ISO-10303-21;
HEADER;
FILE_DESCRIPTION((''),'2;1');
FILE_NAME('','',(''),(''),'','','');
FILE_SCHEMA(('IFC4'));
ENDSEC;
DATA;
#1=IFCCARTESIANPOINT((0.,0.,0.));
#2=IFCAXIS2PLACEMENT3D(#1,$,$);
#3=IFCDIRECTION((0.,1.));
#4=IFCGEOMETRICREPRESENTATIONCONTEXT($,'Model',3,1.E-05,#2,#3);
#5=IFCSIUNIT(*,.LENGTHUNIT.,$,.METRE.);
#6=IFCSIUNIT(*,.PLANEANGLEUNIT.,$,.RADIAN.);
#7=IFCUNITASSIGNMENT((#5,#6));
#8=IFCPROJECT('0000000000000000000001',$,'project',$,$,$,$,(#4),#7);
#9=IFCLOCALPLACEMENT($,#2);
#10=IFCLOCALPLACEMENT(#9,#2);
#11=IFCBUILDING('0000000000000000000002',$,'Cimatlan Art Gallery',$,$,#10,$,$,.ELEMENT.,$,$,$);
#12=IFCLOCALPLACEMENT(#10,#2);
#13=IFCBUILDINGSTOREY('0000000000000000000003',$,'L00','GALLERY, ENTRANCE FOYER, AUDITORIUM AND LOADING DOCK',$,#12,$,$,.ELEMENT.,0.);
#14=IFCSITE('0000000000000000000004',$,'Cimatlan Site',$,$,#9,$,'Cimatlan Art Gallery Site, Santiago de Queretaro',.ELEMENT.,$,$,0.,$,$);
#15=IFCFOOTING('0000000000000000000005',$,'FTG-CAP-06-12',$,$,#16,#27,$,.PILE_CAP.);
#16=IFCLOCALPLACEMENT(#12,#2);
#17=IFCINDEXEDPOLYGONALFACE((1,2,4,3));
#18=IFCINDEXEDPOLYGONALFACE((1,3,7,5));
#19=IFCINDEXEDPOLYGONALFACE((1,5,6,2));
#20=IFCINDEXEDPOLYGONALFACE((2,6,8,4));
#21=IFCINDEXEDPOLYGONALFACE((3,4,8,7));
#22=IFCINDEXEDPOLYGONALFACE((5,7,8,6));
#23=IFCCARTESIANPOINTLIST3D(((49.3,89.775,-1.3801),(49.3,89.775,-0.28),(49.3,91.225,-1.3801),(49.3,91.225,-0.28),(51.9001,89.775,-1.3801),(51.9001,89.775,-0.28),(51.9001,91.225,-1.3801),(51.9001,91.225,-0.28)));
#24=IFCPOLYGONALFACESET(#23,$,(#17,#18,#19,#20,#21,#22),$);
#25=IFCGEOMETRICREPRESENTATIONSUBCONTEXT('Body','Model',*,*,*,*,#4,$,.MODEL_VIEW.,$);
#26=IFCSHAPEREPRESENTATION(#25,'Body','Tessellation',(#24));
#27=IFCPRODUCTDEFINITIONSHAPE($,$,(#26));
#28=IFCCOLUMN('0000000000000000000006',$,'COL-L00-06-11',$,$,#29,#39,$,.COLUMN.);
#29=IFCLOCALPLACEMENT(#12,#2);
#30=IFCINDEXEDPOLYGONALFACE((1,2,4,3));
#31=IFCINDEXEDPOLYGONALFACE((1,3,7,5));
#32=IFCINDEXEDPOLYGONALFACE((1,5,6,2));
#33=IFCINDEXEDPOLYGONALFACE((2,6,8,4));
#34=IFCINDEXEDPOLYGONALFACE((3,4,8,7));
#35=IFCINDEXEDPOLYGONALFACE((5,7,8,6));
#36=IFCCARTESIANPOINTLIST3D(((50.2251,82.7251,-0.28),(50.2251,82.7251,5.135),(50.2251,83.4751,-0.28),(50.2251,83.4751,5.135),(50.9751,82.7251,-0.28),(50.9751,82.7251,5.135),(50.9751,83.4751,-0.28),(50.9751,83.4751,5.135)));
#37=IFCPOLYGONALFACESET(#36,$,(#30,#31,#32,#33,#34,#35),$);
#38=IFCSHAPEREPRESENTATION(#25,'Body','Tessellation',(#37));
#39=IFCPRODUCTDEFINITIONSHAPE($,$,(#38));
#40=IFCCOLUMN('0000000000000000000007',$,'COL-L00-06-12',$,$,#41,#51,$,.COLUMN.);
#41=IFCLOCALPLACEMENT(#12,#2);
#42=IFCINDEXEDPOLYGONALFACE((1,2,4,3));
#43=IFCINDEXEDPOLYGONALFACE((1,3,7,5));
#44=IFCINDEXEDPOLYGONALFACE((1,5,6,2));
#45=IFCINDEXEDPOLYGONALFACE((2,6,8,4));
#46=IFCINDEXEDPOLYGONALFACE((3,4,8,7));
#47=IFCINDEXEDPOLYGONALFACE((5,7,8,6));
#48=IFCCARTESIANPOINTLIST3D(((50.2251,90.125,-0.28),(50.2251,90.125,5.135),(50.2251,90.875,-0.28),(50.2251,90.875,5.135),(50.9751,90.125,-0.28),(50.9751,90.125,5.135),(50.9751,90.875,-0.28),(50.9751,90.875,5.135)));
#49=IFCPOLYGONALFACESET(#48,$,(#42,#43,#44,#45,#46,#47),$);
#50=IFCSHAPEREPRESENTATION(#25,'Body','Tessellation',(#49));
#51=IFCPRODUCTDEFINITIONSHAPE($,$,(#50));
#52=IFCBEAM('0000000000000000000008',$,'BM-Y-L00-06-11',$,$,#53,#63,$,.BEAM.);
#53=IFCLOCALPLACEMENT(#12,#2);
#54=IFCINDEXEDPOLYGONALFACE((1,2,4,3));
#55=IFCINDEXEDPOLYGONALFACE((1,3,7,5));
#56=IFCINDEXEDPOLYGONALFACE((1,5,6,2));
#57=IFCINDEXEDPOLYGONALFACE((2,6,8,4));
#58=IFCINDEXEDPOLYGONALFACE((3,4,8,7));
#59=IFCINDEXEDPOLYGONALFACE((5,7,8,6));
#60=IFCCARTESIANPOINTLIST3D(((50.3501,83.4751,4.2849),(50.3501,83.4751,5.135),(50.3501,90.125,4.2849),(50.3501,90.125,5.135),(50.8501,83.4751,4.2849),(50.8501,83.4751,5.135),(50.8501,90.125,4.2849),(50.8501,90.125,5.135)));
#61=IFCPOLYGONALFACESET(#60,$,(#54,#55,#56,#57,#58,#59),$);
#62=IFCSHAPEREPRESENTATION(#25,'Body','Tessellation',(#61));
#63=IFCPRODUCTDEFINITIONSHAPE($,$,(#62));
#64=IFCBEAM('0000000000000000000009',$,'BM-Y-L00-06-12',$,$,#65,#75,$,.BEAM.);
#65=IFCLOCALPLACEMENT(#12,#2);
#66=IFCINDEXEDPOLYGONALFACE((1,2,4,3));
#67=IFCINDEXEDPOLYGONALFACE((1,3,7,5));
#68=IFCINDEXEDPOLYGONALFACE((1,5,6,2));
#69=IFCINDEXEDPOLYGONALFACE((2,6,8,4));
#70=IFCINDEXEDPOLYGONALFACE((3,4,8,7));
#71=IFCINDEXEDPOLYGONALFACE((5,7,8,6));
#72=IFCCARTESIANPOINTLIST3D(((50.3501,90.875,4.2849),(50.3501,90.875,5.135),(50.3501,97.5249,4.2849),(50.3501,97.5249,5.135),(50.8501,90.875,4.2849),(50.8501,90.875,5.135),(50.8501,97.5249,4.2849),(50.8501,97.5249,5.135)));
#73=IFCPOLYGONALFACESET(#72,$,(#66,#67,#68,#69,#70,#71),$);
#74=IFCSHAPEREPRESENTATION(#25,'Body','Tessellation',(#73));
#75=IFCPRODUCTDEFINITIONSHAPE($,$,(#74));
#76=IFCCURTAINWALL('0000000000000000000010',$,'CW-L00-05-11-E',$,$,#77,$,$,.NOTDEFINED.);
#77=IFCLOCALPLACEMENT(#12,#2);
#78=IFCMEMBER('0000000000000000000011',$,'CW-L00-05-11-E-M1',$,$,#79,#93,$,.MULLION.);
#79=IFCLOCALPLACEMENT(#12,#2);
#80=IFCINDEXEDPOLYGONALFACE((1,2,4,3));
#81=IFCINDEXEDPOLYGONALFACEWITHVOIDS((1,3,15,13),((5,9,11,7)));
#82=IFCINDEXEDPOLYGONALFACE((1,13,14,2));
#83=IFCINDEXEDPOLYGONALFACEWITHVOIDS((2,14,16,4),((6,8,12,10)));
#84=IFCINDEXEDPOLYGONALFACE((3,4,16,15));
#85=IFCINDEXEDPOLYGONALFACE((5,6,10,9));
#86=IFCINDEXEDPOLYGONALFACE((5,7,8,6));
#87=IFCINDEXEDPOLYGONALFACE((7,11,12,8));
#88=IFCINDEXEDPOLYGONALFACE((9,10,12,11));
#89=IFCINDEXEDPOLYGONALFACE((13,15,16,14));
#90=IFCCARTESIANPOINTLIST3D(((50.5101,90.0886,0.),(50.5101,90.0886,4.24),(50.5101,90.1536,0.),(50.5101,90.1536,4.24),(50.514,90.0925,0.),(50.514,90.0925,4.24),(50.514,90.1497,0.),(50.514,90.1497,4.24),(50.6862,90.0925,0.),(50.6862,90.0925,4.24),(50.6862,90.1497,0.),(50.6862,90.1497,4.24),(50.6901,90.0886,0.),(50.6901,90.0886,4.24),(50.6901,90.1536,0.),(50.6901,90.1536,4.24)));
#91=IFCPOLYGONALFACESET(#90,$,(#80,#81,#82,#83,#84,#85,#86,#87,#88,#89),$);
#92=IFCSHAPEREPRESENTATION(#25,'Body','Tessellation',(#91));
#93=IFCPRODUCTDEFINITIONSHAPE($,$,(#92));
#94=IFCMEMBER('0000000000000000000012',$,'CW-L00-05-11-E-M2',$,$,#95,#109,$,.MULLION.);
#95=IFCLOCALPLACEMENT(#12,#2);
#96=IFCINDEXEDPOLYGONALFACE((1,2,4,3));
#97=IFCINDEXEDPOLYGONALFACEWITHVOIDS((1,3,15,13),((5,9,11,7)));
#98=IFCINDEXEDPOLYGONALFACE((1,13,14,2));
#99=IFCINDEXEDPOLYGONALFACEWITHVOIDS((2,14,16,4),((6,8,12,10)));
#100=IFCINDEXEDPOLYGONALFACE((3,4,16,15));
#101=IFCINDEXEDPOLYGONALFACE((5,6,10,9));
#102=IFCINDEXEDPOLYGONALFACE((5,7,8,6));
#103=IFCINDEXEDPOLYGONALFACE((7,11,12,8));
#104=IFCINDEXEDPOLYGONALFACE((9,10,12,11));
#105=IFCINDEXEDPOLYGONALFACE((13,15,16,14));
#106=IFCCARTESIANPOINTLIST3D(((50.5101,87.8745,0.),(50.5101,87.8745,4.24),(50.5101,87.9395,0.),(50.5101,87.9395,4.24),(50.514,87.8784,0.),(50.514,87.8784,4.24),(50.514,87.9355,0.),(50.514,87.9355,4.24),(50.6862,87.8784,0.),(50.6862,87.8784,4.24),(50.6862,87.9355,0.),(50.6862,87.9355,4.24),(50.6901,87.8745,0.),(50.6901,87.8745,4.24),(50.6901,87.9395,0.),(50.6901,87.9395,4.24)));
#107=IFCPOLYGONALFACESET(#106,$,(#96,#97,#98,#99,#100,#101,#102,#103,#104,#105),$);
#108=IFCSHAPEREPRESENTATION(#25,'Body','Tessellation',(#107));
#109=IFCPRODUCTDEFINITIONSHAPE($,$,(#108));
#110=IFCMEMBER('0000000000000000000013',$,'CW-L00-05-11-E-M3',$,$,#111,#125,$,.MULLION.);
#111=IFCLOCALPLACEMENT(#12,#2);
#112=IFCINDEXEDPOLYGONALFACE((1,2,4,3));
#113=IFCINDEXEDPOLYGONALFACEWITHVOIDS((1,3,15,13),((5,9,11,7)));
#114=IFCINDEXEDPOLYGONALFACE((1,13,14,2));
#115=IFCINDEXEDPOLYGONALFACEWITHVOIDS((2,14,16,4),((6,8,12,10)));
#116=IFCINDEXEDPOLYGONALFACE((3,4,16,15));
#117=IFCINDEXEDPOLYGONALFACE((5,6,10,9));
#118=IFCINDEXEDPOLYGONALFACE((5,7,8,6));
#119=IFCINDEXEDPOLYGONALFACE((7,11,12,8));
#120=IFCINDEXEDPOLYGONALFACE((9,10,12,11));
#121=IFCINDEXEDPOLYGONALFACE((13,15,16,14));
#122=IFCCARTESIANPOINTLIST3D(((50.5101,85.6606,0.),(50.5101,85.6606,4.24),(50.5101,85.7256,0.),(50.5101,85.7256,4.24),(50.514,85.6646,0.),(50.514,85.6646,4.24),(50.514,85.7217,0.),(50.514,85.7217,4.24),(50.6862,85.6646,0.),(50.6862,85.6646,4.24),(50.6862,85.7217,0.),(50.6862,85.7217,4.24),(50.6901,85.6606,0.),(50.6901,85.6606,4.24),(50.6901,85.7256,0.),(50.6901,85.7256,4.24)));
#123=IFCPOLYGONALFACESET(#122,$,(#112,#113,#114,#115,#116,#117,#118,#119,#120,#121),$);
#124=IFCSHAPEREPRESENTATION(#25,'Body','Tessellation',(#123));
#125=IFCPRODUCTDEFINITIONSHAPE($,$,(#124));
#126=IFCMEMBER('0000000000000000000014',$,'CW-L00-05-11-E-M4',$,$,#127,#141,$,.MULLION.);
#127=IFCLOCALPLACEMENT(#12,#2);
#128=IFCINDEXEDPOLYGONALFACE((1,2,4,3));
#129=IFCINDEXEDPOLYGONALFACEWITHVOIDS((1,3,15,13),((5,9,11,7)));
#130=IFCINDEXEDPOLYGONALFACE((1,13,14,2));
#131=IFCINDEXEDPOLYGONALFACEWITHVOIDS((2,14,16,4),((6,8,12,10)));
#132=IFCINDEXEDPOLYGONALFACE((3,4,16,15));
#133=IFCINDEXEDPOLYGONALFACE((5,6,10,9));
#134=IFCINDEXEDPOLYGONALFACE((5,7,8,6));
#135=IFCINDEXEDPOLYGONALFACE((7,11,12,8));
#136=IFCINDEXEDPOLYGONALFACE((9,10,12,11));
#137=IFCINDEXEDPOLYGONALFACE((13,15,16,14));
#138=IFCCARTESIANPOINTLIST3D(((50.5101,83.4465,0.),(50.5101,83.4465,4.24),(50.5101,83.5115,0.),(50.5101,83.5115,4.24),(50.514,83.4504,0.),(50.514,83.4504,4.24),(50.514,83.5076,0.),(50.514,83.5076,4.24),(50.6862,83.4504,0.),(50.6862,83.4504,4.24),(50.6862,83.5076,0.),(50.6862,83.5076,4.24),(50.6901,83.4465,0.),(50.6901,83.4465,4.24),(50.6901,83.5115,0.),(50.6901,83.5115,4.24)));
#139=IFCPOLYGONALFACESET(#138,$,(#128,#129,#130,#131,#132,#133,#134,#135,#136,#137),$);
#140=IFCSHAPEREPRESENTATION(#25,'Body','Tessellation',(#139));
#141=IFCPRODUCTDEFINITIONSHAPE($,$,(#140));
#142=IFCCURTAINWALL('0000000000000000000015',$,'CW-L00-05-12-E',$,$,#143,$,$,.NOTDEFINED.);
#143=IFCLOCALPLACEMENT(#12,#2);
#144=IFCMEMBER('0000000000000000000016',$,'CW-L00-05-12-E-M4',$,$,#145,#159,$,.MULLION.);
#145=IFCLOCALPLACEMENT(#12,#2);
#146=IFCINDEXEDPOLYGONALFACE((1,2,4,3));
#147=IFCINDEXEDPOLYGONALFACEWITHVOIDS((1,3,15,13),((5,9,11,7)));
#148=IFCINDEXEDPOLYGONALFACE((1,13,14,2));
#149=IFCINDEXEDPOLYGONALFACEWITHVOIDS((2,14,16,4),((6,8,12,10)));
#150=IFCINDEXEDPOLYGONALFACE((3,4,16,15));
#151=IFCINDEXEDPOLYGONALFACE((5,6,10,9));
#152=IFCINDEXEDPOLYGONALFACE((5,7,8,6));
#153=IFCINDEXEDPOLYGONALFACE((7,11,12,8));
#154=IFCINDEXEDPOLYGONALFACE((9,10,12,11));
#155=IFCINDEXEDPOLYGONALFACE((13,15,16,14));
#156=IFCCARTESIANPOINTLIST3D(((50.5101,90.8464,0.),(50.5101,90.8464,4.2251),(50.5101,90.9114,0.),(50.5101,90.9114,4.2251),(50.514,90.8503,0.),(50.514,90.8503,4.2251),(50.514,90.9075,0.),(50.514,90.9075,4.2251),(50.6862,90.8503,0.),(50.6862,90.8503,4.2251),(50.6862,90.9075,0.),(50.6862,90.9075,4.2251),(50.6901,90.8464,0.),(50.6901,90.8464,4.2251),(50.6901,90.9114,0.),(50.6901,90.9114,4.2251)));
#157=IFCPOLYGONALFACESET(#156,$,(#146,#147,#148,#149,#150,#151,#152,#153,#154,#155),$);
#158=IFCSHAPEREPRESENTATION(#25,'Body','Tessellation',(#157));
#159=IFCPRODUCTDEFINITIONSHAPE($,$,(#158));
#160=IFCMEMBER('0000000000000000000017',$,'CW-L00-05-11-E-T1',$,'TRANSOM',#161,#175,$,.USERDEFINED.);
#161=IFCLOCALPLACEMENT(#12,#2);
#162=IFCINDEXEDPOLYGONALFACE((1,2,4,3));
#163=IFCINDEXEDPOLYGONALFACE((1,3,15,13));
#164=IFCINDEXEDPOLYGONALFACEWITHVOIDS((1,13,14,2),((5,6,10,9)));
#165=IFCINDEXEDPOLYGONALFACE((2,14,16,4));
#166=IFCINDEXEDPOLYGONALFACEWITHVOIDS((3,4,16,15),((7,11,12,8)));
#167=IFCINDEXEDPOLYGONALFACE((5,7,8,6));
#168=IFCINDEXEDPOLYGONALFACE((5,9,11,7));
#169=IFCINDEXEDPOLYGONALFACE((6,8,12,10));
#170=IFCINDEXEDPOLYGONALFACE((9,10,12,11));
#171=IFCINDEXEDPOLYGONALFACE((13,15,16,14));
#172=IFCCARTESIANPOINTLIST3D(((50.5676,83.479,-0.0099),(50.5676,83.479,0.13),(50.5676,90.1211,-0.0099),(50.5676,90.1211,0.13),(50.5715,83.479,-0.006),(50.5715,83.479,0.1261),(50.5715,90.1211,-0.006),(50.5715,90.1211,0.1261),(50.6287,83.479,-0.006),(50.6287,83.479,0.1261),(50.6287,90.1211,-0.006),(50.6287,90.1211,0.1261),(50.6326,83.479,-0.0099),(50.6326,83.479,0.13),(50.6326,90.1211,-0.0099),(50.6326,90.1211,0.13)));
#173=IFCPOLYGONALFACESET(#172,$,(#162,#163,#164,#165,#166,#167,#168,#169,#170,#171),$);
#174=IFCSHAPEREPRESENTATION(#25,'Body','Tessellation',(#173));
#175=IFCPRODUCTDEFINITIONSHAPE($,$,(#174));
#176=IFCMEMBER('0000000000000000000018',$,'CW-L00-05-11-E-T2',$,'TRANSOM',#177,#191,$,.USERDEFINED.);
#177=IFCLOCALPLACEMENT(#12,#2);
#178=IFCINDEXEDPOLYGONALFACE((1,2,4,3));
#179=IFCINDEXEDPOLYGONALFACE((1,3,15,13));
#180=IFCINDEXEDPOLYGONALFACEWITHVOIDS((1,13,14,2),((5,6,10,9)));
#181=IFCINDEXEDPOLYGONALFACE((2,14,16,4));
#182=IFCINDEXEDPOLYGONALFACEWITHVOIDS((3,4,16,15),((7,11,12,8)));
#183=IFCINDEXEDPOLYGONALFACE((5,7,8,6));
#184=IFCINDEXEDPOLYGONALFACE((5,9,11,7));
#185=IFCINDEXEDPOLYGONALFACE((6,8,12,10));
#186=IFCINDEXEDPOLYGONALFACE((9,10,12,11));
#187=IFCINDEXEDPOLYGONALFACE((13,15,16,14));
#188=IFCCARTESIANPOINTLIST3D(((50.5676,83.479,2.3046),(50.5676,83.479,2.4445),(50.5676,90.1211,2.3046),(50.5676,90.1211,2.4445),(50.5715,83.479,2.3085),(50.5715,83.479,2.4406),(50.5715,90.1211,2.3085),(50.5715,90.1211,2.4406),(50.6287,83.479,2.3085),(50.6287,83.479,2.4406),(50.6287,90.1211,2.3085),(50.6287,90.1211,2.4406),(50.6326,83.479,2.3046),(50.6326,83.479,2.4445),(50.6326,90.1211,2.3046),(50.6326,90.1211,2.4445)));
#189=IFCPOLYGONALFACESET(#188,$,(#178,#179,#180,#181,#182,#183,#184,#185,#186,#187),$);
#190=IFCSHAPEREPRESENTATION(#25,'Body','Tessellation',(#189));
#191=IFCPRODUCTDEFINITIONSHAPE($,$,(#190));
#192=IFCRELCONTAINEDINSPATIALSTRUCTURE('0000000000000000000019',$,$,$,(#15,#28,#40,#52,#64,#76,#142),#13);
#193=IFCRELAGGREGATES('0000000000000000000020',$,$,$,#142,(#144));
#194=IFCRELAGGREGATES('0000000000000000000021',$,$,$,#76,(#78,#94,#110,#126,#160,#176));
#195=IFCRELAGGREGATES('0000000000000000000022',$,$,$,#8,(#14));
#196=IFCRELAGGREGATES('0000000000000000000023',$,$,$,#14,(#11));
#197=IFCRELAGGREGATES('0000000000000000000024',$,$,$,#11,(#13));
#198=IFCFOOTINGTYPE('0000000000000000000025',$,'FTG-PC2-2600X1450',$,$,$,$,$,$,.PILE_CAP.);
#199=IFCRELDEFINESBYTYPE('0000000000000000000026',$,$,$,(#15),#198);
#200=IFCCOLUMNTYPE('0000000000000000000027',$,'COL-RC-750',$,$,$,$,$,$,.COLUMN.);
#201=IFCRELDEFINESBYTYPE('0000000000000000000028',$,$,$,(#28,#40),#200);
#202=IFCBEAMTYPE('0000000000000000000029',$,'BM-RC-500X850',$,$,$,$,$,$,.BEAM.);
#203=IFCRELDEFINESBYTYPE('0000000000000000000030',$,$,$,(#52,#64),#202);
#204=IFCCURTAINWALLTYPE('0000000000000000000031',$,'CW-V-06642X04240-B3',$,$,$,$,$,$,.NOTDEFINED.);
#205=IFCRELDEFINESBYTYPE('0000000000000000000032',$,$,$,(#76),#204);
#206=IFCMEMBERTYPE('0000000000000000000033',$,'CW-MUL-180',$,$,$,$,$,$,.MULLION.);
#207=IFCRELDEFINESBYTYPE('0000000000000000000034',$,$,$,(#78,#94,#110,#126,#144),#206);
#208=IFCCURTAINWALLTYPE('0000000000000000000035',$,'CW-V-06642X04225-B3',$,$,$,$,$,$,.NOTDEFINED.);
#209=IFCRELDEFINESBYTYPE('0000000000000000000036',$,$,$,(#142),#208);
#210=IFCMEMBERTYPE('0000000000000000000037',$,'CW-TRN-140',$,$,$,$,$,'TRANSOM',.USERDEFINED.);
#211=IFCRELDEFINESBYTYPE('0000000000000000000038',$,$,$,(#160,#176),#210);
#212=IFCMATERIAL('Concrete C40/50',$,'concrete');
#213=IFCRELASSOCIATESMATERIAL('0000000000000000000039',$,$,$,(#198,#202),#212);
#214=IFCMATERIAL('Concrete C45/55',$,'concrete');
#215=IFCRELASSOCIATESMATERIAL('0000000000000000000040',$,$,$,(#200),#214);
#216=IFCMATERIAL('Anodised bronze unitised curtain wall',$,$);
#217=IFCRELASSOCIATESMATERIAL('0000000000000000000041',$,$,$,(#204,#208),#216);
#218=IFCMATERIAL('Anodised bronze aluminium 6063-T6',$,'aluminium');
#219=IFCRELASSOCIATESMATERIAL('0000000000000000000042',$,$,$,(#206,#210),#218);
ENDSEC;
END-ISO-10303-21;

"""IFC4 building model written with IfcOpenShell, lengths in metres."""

from ifc_helpers import new_model, si_unit, direction, frame, origin, origin_2d, place, context, subcontext, project, spatial, rectangle, hollow_rectangle, extrude, material, material_profile, profile_set, type_object, element, aggregate, save


model = new_model("IFC4")

# Units and contexts
model_context = context("Model", 3, precision=1e-05, world=origin(), true_north=direction((0.0, 1.0)))
body_context = subcontext(model_context, "Body", "Model", "MODEL_VIEW")
ifc_project = project(units=[si_unit("LENGTHUNIT", "METRE"), si_unit("PLANEANGLEUNIT", "RADIAN")], contexts=[model_context])

# Site, building, storey
site_placement = place(None, origin())
site = spatial("IfcSite", under=ifc_project, at=site_placement, Name="Cimatlan Site", LongName="Cimatlan Art Gallery Site, Santiago de Queretaro", CompositionType="ELEMENT", RefElevation=0.0)
building_placement = place(site_placement, origin())
building = spatial("IfcBuilding", under=site, at=building_placement, Name="Cimatlan Art Gallery", CompositionType="ELEMENT")
storey_placement = place(building_placement, origin())
storey = spatial("IfcBuildingStorey", under=building, at=storey_placement, Name="L00", Description="GALLERY, ENTRANCE FOYER, AUDITORIUM AND LOADING DOCK", CompositionType="ELEMENT", Elevation=0.0)

# Footing
ifc_material_1 = material(Name="Concrete C40/50", Category="concrete")
footing_type = type_object("IfcFootingType", Name="FTG-PC2-2600X1450", PredefinedType="PILE_CAP", material=ifc_material_1)
footing_placement = place(storey_placement, frame((50.6001, 90.5, -1.3801), z_axis=(0.0, 0.0, 1.0), x_axis=(1.0, 0.0, 0.0)))
element("IfcFooting", 1, at=footing_placement, inside=storey, type_object=footing_type, Name="FTG-CAP-06-12", PredefinedType="PILE_CAP", context=body_context, shape_type="SweptSolid", body=[
    extrude(rectangle(XDim=2.6001, YDim=1.45, at=origin_2d()), origin(), (0.0, 0.0, 1.0), 1.1001),
])

# Columns
ifc_material_2 = material(Name="Concrete C45/55", Category="concrete")
ifc_material_profile_1 = material_profile(ifc_material_2, rectangle(XDim=0.75, YDim=0.75, at=origin_2d()), Name="RC750X750")
ifc_profile_set_1 = profile_set([ifc_material_profile_1], Name="Concrete C45/55")
column_type = type_object("IfcColumnType", Name="COL-RC-750", PredefinedType="COLUMN", material=ifc_profile_set_1)
for number, where, z_axis, x_axis, name in (
    (2, (50.6001, 83.1001, -0.28), (0.0, 0.0, 1.0), (1.0, 0.0, 0.0), "COL-L00-06-11"),
    (3, (50.6001, 90.5, -0.28), (0.0, 0.0, 1.0), (1.0, 0.0, 0.0), "COL-L00-06-12"),
):
    element("IfcColumn", number, at=place(storey_placement, frame(where, z_axis=z_axis, x_axis=x_axis)), inside=storey, type_object=column_type, Name=name, PredefinedType="COLUMN", context=body_context, shape_type="SweptSolid", body=[
        extrude(rectangle(XDim=0.75, YDim=0.75, at=origin_2d()), origin(), (0.0, 0.0, 1.0), 5.415),
    ])

# Beams
ifc_material_profile_2 = material_profile(ifc_material_1, rectangle(XDim=0.5, YDim=0.8501, at=origin_2d()), Name="RC500X850")
ifc_profile_set_2 = profile_set([ifc_material_profile_2], Name="Concrete C40/50")
beam_type = type_object("IfcBeamType", Name="BM-RC-500X850", PredefinedType="BEAM", material=ifc_profile_set_2)
for number, where, z_axis, x_axis, name in (
    (4, (50.6001, 83.4751, 4.71), (0.0, 1.0, 0.0), (-1.0, 0.0, 0.0), "BM-Y-L00-06-11"),
    (5, (50.6001, 90.875, 4.71), (0.0, 1.0, 0.0), (-1.0, 0.0, 0.0), "BM-Y-L00-06-12"),
):
    element("IfcBeam", number, at=place(storey_placement, frame(where, z_axis=z_axis, x_axis=x_axis)), inside=storey, type_object=beam_type, Name=name, PredefinedType="BEAM", context=body_context, shape_type="SweptSolid", body=[
        extrude(rectangle(XDim=0.5, YDim=0.8501, at=origin_2d()), origin(), (0.0, 0.0, 1.0), 6.6499),
    ])

# Curtain wall, members
ifc_material_3 = material(Name="Anodised bronze unitised curtain wall")
curtain_wall_type_1 = type_object("IfcCurtainWallType", Name="CW-V-06642X04240-B3", PredefinedType="NOTDEFINED", material=ifc_material_3)
curtain_wall_1_placement = place(storey_placement, origin())
curtain_wall_1 = element("IfcCurtainWall", 6, at=curtain_wall_1_placement, inside=storey, type_object=curtain_wall_type_1, Name="CW-L00-05-11-E", PredefinedType="NOTDEFINED")
ifc_material_4 = material(Name="Anodised bronze aluminium 6063-T6", Category="aluminium")
ifc_material_profile_3 = material_profile(ifc_material_4, hollow_rectangle(XDim=0.0649, YDim=0.1799, WallThickness=0.0039, at=origin_2d()), Name="ALU65X180X4")
ifc_profile_set_3 = profile_set([ifc_material_profile_3], Name="Anodised bronze aluminium 6063-T6")
member_type_1 = type_object("IfcMemberType", Name="CW-MUL-180", PredefinedType="MULLION", material=ifc_profile_set_3)
member_1_placement = place(storey_placement, frame((50.6001, 90.1211, 0.0), z_axis=(0.0, 0.0, 1.0), x_axis=(0.0, 1.0, 0.0)))
member_1 = element("IfcMember", 7, at=member_1_placement, type_object=member_type_1, Name="CW-L00-05-11-E-M1", PredefinedType="MULLION", context=body_context, shape_type="SweptSolid", body=[
    extrude(hollow_rectangle(XDim=0.0649, YDim=0.1799, WallThickness=0.0039, at=origin_2d()), origin(), (0.0, 0.0, 1.0), 4.24),
])
member_2_placement = place(storey_placement, frame((50.6001, 87.907, 0.0), z_axis=(0.0, 0.0, 1.0), x_axis=(0.0, 1.0, 0.0)))
member_2 = element("IfcMember", 8, at=member_2_placement, type_object=member_type_1, Name="CW-L00-05-11-E-M2", PredefinedType="MULLION", context=body_context, shape_type="SweptSolid", body=[
    extrude(hollow_rectangle(XDim=0.0649, YDim=0.1799, WallThickness=0.0039, at=origin_2d()), origin(), (0.0, 0.0, 1.0), 4.24),
])
member_3_placement = place(storey_placement, frame((50.6001, 85.6931, 0.0), z_axis=(0.0, 0.0, 1.0), x_axis=(0.0, 1.0, 0.0)))
member_3 = element("IfcMember", 9, at=member_3_placement, type_object=member_type_1, Name="CW-L00-05-11-E-M3", PredefinedType="MULLION", context=body_context, shape_type="SweptSolid", body=[
    extrude(hollow_rectangle(XDim=0.0649, YDim=0.1799, WallThickness=0.0039, at=origin_2d()), origin(), (0.0, 0.0, 1.0), 4.24),
])
member_4_placement = place(storey_placement, frame((50.6001, 83.479, 0.0), z_axis=(0.0, 0.0, 1.0), x_axis=(0.0, 1.0, 0.0)))
member_4 = element("IfcMember", 10, at=member_4_placement, type_object=member_type_1, Name="CW-L00-05-11-E-M4", PredefinedType="MULLION", context=body_context, shape_type="SweptSolid", body=[
    extrude(hollow_rectangle(XDim=0.0649, YDim=0.1799, WallThickness=0.0039, at=origin_2d()), origin(), (0.0, 0.0, 1.0), 4.24),
])

# Curtain wall, member
curtain_wall_type_2 = type_object("IfcCurtainWallType", Name="CW-V-06642X04225-B3", PredefinedType="NOTDEFINED", material=ifc_material_3)
curtain_wall_2_placement = place(storey_placement, origin())
curtain_wall_2 = element("IfcCurtainWall", 11, at=curtain_wall_2_placement, inside=storey, type_object=curtain_wall_type_2, Name="CW-L00-05-12-E", PredefinedType="NOTDEFINED")
member_5_placement = place(storey_placement, frame((50.6001, 90.8789, 0.0), z_axis=(0.0, 0.0, 1.0), x_axis=(0.0, 1.0, 0.0)))
member_5 = element("IfcMember", 12, at=member_5_placement, type_object=member_type_1, Name="CW-L00-05-12-E-M4", PredefinedType="MULLION", context=body_context, shape_type="SweptSolid", body=[
    extrude(hollow_rectangle(XDim=0.0649, YDim=0.1799, WallThickness=0.0039, at=origin_2d()), origin(), (0.0, 0.0, 1.0), 4.2251),
])

# Members
ifc_material_profile_4 = material_profile(ifc_material_4, hollow_rectangle(XDim=0.0649, YDim=0.1399, WallThickness=0.0039, at=origin_2d()), Name="ALU65X140X4")
ifc_profile_set_4 = profile_set([ifc_material_profile_4], Name="Anodised bronze aluminium 6063-T6")
member_type_2 = type_object("IfcMemberType", Name="CW-TRN-140", ElementType="TRANSOM", PredefinedType="USERDEFINED", material=ifc_profile_set_4)
member_6_placement = place(storey_placement, frame((50.6001, 90.1211, 0.0601), z_axis=(0.0, -1.0, 0.0), x_axis=(1.0, 0.0, 0.0)))
member_6 = element("IfcMember", 13, at=member_6_placement, type_object=member_type_2, Name="CW-L00-05-11-E-T1", ObjectType="TRANSOM", PredefinedType="USERDEFINED", context=body_context, shape_type="SweptSolid", body=[
    extrude(hollow_rectangle(XDim=0.0649, YDim=0.1399, WallThickness=0.0039, at=origin_2d()), origin(), (0.0, 0.0, 1.0), 6.6421),
])
member_7_placement = place(storey_placement, frame((50.6001, 90.1211, 2.3745), z_axis=(0.0, -1.0, 0.0), x_axis=(1.0, 0.0, 0.0)))
member_7 = element("IfcMember", 14, at=member_7_placement, type_object=member_type_2, Name="CW-L00-05-11-E-T2", ObjectType="TRANSOM", PredefinedType="USERDEFINED", context=body_context, shape_type="SweptSolid", body=[
    extrude(hollow_rectangle(XDim=0.0649, YDim=0.1399, WallThickness=0.0039, at=origin_2d()), origin(), (0.0, 0.0, 1.0), 6.6421),
])

aggregate(curtain_wall_2, [member_5])
aggregate(curtain_wall_1, [member_1, member_2, member_3, member_4, member_6, member_7])

save(model, "model.ifc")
